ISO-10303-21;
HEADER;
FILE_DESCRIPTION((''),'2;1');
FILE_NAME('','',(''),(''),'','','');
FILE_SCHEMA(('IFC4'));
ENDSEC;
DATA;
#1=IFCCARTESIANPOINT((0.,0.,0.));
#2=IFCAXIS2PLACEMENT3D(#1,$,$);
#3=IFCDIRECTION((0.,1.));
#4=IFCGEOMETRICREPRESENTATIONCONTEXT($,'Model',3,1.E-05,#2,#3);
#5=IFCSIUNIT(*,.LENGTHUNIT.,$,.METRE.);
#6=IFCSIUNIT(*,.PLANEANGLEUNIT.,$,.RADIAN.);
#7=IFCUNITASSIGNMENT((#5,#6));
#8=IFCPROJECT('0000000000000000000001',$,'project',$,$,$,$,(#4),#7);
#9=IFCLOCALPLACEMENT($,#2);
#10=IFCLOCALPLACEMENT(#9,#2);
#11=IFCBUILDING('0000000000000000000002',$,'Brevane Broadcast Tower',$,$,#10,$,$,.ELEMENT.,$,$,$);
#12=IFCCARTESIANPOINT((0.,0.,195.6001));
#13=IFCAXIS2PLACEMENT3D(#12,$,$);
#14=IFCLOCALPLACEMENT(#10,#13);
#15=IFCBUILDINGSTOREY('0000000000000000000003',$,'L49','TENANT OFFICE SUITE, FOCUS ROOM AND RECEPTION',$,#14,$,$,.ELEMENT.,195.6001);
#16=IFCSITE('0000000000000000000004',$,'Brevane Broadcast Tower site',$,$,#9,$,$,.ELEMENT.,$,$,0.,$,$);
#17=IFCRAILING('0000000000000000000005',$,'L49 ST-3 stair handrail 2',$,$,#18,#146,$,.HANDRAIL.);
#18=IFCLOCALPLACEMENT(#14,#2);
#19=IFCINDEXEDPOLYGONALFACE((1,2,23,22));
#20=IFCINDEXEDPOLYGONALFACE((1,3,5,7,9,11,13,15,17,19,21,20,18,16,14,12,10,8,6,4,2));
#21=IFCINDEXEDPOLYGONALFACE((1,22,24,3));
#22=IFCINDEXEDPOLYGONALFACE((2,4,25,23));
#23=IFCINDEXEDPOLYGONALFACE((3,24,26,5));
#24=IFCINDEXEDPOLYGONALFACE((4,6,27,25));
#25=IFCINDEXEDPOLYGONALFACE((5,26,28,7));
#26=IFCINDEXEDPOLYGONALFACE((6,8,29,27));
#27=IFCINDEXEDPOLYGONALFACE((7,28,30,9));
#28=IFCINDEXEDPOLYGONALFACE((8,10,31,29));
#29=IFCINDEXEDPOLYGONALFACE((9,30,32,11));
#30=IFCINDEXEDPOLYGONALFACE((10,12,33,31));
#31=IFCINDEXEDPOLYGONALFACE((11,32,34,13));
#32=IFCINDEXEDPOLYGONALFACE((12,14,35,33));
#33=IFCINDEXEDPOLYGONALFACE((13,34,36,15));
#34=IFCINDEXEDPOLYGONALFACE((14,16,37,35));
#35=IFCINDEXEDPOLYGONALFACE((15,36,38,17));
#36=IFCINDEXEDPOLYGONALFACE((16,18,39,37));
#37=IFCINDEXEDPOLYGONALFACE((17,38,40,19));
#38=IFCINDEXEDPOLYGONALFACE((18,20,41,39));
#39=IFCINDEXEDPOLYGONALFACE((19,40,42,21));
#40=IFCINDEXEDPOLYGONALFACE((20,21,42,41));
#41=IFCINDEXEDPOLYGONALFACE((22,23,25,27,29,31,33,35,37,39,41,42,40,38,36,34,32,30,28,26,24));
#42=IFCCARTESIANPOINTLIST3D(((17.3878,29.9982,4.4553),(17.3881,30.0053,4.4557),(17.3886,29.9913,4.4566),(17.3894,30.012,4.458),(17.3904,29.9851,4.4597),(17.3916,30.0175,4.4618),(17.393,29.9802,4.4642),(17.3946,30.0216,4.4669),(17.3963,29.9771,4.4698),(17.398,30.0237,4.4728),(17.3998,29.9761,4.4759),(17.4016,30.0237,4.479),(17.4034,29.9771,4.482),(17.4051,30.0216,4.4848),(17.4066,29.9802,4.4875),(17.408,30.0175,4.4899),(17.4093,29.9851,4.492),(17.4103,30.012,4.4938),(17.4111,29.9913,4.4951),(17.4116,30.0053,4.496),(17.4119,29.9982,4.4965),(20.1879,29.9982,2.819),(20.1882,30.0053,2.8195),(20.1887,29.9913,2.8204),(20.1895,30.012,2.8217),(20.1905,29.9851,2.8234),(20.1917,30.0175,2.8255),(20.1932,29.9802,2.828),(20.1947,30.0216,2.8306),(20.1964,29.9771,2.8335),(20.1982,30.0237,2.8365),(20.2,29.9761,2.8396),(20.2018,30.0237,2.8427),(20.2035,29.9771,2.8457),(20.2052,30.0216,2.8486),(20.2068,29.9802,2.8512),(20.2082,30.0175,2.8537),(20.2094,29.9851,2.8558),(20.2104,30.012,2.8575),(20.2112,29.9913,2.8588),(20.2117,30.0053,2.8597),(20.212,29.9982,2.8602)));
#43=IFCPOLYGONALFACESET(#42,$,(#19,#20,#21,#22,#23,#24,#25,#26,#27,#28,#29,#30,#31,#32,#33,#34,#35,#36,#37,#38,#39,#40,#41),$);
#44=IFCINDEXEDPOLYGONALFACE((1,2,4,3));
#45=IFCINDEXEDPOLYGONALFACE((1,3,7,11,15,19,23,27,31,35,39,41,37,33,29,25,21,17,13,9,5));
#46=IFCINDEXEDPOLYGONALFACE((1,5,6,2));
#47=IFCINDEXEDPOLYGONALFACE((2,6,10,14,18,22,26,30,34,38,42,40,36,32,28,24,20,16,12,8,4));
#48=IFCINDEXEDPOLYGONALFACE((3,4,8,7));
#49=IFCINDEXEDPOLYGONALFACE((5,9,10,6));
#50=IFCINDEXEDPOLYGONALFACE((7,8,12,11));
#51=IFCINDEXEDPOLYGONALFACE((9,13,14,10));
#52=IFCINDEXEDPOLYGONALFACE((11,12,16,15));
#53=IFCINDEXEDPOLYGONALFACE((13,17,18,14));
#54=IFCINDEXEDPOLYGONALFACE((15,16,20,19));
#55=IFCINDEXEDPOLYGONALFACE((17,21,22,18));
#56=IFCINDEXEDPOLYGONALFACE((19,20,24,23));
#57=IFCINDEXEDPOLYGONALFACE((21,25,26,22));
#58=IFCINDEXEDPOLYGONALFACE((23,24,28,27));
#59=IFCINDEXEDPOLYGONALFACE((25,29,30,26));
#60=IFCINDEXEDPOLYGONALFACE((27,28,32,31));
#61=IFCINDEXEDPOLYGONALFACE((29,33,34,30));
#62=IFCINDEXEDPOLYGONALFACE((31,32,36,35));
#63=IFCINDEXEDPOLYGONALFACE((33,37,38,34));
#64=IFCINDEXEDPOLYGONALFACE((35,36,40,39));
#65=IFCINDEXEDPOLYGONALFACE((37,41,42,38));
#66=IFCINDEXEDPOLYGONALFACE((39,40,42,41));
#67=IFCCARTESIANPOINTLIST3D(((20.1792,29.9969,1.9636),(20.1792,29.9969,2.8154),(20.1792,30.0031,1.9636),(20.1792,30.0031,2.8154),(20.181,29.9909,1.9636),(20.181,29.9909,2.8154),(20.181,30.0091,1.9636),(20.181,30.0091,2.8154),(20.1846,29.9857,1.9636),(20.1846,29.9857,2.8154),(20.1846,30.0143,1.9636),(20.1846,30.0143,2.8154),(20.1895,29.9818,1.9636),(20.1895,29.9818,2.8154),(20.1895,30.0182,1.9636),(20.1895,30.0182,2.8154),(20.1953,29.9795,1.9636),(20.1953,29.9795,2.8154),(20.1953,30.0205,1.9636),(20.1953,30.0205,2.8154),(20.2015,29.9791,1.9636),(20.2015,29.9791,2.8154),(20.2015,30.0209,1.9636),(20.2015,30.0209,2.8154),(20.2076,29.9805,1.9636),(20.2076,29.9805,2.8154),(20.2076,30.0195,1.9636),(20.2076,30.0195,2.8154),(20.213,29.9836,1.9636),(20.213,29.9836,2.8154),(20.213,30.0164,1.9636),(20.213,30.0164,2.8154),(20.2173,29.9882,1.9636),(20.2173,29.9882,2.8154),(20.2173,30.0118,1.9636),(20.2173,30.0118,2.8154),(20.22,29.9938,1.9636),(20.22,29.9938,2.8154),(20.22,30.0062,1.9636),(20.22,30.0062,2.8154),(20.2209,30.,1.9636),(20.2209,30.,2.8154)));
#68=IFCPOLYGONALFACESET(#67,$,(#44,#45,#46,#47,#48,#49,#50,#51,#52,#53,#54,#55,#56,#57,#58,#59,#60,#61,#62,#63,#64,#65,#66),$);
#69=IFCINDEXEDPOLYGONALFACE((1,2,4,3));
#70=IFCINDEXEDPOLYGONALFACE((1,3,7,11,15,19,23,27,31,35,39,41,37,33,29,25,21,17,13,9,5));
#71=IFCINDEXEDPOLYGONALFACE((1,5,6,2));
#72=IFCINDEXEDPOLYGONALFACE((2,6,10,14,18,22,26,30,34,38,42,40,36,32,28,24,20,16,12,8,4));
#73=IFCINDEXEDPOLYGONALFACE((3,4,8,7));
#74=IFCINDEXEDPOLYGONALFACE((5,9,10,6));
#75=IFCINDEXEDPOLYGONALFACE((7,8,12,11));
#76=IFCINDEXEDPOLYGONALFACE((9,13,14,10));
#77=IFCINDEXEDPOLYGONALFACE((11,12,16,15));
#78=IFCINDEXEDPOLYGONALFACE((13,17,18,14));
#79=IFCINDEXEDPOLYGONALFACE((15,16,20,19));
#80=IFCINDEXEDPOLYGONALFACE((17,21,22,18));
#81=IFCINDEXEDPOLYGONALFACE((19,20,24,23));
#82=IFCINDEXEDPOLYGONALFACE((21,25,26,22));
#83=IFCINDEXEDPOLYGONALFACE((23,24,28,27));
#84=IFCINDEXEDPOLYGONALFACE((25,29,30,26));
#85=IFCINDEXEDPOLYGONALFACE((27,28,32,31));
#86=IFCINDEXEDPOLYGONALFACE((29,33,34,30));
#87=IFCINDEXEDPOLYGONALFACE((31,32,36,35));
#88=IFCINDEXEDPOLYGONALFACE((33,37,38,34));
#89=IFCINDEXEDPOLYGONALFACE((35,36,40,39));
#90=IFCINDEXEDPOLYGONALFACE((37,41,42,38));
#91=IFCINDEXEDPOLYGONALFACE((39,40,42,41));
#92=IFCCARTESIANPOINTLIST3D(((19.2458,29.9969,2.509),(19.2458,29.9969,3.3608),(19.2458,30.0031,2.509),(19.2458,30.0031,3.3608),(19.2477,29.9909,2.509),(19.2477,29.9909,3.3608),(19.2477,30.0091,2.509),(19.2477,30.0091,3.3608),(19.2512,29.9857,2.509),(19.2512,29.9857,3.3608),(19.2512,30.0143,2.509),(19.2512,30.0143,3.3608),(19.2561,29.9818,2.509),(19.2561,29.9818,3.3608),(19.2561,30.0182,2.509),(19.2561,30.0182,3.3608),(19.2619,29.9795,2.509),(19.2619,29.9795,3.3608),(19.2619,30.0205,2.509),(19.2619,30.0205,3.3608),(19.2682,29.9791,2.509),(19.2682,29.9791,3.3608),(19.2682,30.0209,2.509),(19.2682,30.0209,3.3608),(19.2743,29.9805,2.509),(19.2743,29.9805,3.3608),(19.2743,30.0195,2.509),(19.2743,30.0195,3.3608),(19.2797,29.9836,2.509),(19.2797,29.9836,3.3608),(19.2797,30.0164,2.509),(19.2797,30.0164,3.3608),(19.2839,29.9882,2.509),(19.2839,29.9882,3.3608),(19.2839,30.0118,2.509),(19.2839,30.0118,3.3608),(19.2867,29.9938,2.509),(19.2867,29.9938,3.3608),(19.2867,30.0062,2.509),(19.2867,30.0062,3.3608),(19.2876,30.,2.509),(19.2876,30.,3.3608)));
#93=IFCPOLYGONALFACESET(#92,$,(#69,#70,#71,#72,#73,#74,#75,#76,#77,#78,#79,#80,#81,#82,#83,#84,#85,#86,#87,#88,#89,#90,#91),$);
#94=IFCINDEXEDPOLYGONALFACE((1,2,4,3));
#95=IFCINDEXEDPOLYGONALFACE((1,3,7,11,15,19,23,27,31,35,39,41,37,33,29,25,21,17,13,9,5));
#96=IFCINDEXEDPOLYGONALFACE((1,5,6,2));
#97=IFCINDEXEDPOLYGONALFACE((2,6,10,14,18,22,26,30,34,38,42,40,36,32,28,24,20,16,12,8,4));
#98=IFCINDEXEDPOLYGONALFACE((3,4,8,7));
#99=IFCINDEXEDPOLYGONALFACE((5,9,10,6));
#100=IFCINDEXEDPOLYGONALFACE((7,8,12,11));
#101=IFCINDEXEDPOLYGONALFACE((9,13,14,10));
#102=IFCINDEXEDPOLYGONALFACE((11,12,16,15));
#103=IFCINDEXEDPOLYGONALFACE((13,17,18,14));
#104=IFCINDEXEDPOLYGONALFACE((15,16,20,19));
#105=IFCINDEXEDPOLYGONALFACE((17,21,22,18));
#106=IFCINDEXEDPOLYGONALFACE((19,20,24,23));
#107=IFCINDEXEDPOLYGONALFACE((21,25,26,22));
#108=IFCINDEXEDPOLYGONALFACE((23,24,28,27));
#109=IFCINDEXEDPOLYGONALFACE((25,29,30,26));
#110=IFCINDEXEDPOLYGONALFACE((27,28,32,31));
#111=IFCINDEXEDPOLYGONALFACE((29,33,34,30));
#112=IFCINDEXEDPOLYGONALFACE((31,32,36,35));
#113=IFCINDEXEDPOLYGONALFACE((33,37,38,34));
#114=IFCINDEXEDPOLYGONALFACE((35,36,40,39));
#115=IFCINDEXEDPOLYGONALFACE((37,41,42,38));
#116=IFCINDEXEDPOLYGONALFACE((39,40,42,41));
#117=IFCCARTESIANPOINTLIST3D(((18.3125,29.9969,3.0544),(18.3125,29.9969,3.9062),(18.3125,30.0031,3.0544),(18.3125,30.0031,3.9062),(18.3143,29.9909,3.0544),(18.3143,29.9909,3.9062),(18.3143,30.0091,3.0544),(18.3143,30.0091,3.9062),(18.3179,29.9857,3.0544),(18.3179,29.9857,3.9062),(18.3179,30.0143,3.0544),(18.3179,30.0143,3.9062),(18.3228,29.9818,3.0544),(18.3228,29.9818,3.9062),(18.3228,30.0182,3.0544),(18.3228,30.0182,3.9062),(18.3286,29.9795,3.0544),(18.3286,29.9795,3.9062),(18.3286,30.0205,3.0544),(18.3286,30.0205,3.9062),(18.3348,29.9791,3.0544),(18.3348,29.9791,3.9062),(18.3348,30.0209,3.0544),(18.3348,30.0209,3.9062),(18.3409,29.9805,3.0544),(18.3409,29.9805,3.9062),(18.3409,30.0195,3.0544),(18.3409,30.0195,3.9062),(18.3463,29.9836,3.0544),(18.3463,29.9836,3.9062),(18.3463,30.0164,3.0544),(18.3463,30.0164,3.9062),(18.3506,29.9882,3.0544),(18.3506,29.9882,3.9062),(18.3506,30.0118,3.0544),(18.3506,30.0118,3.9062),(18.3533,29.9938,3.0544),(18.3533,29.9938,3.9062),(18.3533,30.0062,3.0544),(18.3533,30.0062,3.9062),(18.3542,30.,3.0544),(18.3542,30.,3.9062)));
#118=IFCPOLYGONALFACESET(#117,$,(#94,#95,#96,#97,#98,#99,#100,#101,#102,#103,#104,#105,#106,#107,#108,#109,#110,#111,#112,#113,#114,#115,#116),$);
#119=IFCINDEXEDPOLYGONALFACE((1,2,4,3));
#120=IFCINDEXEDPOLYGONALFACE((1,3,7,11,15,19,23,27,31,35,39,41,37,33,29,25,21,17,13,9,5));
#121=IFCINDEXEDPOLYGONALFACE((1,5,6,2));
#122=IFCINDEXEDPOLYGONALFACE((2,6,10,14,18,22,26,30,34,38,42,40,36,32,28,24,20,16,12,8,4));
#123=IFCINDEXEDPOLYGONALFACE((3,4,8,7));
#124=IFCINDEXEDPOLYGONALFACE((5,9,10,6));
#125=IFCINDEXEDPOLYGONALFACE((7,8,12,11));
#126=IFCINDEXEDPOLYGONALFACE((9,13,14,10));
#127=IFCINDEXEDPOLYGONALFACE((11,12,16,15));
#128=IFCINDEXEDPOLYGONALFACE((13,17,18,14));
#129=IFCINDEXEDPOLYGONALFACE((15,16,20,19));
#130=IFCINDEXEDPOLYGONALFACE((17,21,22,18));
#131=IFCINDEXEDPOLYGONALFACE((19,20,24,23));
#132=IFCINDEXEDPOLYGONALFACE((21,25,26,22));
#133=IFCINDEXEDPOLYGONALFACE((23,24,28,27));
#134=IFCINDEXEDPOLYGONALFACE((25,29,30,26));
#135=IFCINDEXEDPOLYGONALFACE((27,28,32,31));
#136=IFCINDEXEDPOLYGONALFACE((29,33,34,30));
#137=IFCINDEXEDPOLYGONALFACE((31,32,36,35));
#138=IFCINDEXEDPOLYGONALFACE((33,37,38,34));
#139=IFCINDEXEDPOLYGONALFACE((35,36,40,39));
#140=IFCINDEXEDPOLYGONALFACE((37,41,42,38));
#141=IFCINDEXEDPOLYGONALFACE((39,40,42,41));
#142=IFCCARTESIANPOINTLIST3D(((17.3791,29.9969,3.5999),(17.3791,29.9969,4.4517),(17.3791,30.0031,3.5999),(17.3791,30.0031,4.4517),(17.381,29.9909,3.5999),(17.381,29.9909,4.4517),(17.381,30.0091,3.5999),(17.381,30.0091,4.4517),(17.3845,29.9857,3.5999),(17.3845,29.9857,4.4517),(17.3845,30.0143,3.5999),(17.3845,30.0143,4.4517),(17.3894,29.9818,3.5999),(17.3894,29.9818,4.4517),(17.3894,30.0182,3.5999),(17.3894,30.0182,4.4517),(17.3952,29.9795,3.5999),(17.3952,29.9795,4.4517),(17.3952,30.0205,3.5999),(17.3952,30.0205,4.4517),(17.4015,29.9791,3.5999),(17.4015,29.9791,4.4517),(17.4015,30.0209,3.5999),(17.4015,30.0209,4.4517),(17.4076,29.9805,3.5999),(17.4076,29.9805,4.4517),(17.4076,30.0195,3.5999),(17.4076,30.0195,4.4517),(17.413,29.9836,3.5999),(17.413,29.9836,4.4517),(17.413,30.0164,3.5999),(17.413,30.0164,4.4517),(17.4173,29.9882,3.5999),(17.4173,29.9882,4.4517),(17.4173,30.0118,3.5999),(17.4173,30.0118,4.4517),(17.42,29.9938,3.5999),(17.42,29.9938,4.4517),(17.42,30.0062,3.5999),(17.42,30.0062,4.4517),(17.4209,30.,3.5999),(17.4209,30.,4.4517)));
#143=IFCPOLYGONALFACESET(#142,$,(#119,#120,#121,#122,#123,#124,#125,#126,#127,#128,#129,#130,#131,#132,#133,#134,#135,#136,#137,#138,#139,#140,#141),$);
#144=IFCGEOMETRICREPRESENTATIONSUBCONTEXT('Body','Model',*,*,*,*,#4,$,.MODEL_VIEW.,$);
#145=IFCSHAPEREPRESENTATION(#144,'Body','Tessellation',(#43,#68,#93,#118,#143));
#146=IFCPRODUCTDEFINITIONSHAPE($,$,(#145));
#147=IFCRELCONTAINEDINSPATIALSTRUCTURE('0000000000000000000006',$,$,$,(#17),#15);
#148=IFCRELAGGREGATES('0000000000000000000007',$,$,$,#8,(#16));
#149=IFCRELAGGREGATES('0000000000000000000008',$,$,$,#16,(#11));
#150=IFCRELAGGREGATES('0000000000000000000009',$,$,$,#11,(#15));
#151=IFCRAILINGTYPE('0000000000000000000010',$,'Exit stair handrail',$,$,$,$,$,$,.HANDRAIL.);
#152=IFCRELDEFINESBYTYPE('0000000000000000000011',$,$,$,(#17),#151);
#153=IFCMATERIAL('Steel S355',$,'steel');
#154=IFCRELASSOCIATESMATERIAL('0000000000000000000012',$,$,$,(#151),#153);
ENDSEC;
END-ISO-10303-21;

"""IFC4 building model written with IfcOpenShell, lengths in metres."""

from ifc_helpers import new_model, si_unit, direction, frame, origin, origin_2d, place, context, subcontext, project, spatial, circle, extrude, material, type_object, element, save


model = new_model("IFC4")

# Units and contexts
model_context = context("Model", 3, precision=1e-05, world=origin(), true_north=direction((0.0, 1.0)))
body_context = subcontext(model_context, "Body", "Model", "MODEL_VIEW")
ifc_project = project(units=[si_unit("LENGTHUNIT", "METRE"), si_unit("PLANEANGLEUNIT", "RADIAN")], contexts=[model_context])

# Site, building, storey
site_placement = place(None, origin())
site = spatial("IfcSite", under=ifc_project, at=site_placement, Name="Brevane Broadcast Tower site", CompositionType="ELEMENT", RefElevation=0.0)
building_placement = place(site_placement, origin())
building = spatial("IfcBuilding", under=site, at=building_placement, Name="Brevane Broadcast Tower", CompositionType="ELEMENT")
storey_placement = place(building_placement, frame((0.0, 0.0, 195.6001)))
storey = spatial("IfcBuildingStorey", under=building, at=storey_placement, Name="L49", Description="TENANT OFFICE SUITE, FOCUS ROOM AND RECEPTION", CompositionType="ELEMENT", Elevation=195.6001)

# Railing
ifc_material_1 = material(Name="Steel S355", Category="steel")
railing_type_1 = type_object("IfcRailingType", Name="Exit stair handrail", PredefinedType="HANDRAIL", material=ifc_material_1)
railing_1_placement = place(storey_placement, frame((20.2, 30.0, 1.9636)))
element("IfcRailing", 1, at=railing_1_placement, inside=storey, type_object=railing_type_1, Name="L49 ST-3 stair handrail 2", PredefinedType="HANDRAIL", context=body_context, shape_type="SweptSolid", body=[
    extrude(circle(Radius=0.0239, at=origin_2d()), frame((0.0, 0.0, 0.876), z_axis=(-0.863394, 0.0, 0.504531), x_axis=(0.0, -1.0, 0.0)), (0.0, 0.0, 1.0), 3.2432),
    extrude(circle(Radius=0.021, at=origin_2d()), origin(), (0.0, 0.0, 1.0), 0.8518),
    extrude(circle(Radius=0.021, at=origin_2d()), frame((-0.9333, 0.0, 0.5454)), (0.0, 0.0, 1.0), 0.8518),
    extrude(circle(Radius=0.021, at=origin_2d()), frame((-1.8667, 0.0, 1.0908)), (0.0, 0.0, 1.0), 0.8518),
    extrude(circle(Radius=0.021, at=origin_2d()), frame((-2.8, 0.0, 1.6362)), (0.0, 0.0, 1.0), 0.8518),
])

save(model, "model.ifc")
